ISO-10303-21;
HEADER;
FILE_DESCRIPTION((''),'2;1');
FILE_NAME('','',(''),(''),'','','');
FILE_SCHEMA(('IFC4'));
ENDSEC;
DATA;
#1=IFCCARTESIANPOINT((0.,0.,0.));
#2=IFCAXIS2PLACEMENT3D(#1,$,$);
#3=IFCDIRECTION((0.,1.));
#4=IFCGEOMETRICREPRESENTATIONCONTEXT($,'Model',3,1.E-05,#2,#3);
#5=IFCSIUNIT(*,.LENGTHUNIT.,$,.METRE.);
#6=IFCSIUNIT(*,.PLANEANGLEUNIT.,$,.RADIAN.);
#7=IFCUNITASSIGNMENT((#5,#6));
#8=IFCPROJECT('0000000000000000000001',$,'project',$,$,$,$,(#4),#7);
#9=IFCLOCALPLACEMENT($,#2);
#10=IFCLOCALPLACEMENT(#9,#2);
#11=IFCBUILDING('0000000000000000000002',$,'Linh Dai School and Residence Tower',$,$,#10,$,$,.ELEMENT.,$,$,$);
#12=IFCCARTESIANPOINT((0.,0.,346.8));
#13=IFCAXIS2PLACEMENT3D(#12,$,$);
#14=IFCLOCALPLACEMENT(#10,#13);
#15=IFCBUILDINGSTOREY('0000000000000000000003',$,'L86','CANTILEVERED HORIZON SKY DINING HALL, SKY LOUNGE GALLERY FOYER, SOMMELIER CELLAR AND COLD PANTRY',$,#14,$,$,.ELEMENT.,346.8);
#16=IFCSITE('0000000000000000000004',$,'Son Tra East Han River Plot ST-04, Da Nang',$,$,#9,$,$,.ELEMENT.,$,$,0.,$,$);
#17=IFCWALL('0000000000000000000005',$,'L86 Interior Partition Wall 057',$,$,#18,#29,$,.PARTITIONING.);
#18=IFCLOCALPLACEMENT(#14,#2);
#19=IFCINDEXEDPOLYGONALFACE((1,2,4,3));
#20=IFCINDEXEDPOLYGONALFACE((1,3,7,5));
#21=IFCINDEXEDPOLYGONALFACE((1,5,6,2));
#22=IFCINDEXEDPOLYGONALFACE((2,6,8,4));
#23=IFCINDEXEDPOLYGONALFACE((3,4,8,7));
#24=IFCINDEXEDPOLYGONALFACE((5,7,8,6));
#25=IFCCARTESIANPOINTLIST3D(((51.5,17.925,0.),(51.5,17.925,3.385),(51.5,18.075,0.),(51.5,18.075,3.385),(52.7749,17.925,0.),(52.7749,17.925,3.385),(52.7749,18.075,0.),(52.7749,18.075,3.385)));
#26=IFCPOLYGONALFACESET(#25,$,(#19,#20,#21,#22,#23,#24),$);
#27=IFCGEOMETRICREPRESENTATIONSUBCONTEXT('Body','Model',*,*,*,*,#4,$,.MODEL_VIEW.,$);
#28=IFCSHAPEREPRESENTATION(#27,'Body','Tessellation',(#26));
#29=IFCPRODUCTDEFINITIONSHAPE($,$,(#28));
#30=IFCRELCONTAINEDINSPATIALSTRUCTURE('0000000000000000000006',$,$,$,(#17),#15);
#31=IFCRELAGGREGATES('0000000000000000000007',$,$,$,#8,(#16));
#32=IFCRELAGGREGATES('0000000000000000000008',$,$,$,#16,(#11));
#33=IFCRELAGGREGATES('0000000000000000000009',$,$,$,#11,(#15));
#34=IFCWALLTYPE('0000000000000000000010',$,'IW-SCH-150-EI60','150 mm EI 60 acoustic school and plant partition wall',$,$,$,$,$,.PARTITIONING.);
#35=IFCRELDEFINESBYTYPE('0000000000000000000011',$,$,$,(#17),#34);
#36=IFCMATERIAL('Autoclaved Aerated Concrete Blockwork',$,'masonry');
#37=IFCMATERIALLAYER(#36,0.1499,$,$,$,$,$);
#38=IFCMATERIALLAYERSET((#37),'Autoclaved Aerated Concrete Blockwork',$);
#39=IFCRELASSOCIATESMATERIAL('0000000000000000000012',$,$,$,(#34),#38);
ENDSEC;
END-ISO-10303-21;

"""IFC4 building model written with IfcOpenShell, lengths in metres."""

from ifc_helpers import new_model, si_unit, direction, frame, frame_2d, origin, place, context, subcontext, project, spatial, rectangle, extrude, material, layer, layer_set, type_object, element, save


model = new_model("IFC4")

# Units and contexts
model_context = context("Model", 3, precision=1e-05, world=origin(), true_north=direction((0.0, 1.0)))
body_context = subcontext(model_context, "Body", "Model", "MODEL_VIEW")
ifc_project = project(units=[si_unit("LENGTHUNIT", "METRE"), si_unit("PLANEANGLEUNIT", "RADIAN")], contexts=[model_context])

# Site, building, storey
site_placement = place(None, origin())
site = spatial("IfcSite", under=ifc_project, at=site_placement, Name="Son Tra East Han River Plot ST-04, Da Nang", CompositionType="ELEMENT", RefElevation=0.0)
building_placement = place(site_placement, origin())
building = spatial("IfcBuilding", under=site, at=building_placement, Name="Linh Dai School and Residence Tower", CompositionType="ELEMENT")
storey_placement = place(building_placement, frame((0.0, 0.0, 346.8)))
storey = spatial("IfcBuildingStorey", under=building, at=storey_placement, Name="L86", Description="CANTILEVERED HORIZON SKY DINING HALL, SKY LOUNGE GALLERY FOYER, SOMMELIER CELLAR AND COLD PANTRY", CompositionType="ELEMENT", Elevation=346.8)

# Wall
ifc_material_1 = material(Name="Autoclaved Aerated Concrete Blockwork", Category="masonry")
ifc_layer_1 = layer(ifc_material_1, 0.1499)
ifc_layer_set_1 = layer_set([ifc_layer_1], Name="Autoclaved Aerated Concrete Blockwork")
wall_type_1 = type_object("IfcWallType", Name="IW-SCH-150-EI60", Description="150 mm EI 60 acoustic school and plant partition wall", PredefinedType="PARTITIONING", material=ifc_layer_set_1)
wall_1_placement = place(storey_placement, frame((51.5, 18.0, 0.0), z_axis=(0.0, 0.0, 1.0), x_axis=(1.0, 0.0, 0.0)))
element("IfcWall", 1, at=wall_1_placement, inside=storey, type_object=wall_type_1, Name="L86 Interior Partition Wall 057", PredefinedType="PARTITIONING", context=body_context, shape_type="SweptSolid", body=[
    extrude(rectangle(XDim=1.2749, YDim=0.1499, at=frame_2d((0.6375, 0.0))), origin(), (0.0, 0.0, 1.0), 3.385),
])

save(model, "model.ifc")
